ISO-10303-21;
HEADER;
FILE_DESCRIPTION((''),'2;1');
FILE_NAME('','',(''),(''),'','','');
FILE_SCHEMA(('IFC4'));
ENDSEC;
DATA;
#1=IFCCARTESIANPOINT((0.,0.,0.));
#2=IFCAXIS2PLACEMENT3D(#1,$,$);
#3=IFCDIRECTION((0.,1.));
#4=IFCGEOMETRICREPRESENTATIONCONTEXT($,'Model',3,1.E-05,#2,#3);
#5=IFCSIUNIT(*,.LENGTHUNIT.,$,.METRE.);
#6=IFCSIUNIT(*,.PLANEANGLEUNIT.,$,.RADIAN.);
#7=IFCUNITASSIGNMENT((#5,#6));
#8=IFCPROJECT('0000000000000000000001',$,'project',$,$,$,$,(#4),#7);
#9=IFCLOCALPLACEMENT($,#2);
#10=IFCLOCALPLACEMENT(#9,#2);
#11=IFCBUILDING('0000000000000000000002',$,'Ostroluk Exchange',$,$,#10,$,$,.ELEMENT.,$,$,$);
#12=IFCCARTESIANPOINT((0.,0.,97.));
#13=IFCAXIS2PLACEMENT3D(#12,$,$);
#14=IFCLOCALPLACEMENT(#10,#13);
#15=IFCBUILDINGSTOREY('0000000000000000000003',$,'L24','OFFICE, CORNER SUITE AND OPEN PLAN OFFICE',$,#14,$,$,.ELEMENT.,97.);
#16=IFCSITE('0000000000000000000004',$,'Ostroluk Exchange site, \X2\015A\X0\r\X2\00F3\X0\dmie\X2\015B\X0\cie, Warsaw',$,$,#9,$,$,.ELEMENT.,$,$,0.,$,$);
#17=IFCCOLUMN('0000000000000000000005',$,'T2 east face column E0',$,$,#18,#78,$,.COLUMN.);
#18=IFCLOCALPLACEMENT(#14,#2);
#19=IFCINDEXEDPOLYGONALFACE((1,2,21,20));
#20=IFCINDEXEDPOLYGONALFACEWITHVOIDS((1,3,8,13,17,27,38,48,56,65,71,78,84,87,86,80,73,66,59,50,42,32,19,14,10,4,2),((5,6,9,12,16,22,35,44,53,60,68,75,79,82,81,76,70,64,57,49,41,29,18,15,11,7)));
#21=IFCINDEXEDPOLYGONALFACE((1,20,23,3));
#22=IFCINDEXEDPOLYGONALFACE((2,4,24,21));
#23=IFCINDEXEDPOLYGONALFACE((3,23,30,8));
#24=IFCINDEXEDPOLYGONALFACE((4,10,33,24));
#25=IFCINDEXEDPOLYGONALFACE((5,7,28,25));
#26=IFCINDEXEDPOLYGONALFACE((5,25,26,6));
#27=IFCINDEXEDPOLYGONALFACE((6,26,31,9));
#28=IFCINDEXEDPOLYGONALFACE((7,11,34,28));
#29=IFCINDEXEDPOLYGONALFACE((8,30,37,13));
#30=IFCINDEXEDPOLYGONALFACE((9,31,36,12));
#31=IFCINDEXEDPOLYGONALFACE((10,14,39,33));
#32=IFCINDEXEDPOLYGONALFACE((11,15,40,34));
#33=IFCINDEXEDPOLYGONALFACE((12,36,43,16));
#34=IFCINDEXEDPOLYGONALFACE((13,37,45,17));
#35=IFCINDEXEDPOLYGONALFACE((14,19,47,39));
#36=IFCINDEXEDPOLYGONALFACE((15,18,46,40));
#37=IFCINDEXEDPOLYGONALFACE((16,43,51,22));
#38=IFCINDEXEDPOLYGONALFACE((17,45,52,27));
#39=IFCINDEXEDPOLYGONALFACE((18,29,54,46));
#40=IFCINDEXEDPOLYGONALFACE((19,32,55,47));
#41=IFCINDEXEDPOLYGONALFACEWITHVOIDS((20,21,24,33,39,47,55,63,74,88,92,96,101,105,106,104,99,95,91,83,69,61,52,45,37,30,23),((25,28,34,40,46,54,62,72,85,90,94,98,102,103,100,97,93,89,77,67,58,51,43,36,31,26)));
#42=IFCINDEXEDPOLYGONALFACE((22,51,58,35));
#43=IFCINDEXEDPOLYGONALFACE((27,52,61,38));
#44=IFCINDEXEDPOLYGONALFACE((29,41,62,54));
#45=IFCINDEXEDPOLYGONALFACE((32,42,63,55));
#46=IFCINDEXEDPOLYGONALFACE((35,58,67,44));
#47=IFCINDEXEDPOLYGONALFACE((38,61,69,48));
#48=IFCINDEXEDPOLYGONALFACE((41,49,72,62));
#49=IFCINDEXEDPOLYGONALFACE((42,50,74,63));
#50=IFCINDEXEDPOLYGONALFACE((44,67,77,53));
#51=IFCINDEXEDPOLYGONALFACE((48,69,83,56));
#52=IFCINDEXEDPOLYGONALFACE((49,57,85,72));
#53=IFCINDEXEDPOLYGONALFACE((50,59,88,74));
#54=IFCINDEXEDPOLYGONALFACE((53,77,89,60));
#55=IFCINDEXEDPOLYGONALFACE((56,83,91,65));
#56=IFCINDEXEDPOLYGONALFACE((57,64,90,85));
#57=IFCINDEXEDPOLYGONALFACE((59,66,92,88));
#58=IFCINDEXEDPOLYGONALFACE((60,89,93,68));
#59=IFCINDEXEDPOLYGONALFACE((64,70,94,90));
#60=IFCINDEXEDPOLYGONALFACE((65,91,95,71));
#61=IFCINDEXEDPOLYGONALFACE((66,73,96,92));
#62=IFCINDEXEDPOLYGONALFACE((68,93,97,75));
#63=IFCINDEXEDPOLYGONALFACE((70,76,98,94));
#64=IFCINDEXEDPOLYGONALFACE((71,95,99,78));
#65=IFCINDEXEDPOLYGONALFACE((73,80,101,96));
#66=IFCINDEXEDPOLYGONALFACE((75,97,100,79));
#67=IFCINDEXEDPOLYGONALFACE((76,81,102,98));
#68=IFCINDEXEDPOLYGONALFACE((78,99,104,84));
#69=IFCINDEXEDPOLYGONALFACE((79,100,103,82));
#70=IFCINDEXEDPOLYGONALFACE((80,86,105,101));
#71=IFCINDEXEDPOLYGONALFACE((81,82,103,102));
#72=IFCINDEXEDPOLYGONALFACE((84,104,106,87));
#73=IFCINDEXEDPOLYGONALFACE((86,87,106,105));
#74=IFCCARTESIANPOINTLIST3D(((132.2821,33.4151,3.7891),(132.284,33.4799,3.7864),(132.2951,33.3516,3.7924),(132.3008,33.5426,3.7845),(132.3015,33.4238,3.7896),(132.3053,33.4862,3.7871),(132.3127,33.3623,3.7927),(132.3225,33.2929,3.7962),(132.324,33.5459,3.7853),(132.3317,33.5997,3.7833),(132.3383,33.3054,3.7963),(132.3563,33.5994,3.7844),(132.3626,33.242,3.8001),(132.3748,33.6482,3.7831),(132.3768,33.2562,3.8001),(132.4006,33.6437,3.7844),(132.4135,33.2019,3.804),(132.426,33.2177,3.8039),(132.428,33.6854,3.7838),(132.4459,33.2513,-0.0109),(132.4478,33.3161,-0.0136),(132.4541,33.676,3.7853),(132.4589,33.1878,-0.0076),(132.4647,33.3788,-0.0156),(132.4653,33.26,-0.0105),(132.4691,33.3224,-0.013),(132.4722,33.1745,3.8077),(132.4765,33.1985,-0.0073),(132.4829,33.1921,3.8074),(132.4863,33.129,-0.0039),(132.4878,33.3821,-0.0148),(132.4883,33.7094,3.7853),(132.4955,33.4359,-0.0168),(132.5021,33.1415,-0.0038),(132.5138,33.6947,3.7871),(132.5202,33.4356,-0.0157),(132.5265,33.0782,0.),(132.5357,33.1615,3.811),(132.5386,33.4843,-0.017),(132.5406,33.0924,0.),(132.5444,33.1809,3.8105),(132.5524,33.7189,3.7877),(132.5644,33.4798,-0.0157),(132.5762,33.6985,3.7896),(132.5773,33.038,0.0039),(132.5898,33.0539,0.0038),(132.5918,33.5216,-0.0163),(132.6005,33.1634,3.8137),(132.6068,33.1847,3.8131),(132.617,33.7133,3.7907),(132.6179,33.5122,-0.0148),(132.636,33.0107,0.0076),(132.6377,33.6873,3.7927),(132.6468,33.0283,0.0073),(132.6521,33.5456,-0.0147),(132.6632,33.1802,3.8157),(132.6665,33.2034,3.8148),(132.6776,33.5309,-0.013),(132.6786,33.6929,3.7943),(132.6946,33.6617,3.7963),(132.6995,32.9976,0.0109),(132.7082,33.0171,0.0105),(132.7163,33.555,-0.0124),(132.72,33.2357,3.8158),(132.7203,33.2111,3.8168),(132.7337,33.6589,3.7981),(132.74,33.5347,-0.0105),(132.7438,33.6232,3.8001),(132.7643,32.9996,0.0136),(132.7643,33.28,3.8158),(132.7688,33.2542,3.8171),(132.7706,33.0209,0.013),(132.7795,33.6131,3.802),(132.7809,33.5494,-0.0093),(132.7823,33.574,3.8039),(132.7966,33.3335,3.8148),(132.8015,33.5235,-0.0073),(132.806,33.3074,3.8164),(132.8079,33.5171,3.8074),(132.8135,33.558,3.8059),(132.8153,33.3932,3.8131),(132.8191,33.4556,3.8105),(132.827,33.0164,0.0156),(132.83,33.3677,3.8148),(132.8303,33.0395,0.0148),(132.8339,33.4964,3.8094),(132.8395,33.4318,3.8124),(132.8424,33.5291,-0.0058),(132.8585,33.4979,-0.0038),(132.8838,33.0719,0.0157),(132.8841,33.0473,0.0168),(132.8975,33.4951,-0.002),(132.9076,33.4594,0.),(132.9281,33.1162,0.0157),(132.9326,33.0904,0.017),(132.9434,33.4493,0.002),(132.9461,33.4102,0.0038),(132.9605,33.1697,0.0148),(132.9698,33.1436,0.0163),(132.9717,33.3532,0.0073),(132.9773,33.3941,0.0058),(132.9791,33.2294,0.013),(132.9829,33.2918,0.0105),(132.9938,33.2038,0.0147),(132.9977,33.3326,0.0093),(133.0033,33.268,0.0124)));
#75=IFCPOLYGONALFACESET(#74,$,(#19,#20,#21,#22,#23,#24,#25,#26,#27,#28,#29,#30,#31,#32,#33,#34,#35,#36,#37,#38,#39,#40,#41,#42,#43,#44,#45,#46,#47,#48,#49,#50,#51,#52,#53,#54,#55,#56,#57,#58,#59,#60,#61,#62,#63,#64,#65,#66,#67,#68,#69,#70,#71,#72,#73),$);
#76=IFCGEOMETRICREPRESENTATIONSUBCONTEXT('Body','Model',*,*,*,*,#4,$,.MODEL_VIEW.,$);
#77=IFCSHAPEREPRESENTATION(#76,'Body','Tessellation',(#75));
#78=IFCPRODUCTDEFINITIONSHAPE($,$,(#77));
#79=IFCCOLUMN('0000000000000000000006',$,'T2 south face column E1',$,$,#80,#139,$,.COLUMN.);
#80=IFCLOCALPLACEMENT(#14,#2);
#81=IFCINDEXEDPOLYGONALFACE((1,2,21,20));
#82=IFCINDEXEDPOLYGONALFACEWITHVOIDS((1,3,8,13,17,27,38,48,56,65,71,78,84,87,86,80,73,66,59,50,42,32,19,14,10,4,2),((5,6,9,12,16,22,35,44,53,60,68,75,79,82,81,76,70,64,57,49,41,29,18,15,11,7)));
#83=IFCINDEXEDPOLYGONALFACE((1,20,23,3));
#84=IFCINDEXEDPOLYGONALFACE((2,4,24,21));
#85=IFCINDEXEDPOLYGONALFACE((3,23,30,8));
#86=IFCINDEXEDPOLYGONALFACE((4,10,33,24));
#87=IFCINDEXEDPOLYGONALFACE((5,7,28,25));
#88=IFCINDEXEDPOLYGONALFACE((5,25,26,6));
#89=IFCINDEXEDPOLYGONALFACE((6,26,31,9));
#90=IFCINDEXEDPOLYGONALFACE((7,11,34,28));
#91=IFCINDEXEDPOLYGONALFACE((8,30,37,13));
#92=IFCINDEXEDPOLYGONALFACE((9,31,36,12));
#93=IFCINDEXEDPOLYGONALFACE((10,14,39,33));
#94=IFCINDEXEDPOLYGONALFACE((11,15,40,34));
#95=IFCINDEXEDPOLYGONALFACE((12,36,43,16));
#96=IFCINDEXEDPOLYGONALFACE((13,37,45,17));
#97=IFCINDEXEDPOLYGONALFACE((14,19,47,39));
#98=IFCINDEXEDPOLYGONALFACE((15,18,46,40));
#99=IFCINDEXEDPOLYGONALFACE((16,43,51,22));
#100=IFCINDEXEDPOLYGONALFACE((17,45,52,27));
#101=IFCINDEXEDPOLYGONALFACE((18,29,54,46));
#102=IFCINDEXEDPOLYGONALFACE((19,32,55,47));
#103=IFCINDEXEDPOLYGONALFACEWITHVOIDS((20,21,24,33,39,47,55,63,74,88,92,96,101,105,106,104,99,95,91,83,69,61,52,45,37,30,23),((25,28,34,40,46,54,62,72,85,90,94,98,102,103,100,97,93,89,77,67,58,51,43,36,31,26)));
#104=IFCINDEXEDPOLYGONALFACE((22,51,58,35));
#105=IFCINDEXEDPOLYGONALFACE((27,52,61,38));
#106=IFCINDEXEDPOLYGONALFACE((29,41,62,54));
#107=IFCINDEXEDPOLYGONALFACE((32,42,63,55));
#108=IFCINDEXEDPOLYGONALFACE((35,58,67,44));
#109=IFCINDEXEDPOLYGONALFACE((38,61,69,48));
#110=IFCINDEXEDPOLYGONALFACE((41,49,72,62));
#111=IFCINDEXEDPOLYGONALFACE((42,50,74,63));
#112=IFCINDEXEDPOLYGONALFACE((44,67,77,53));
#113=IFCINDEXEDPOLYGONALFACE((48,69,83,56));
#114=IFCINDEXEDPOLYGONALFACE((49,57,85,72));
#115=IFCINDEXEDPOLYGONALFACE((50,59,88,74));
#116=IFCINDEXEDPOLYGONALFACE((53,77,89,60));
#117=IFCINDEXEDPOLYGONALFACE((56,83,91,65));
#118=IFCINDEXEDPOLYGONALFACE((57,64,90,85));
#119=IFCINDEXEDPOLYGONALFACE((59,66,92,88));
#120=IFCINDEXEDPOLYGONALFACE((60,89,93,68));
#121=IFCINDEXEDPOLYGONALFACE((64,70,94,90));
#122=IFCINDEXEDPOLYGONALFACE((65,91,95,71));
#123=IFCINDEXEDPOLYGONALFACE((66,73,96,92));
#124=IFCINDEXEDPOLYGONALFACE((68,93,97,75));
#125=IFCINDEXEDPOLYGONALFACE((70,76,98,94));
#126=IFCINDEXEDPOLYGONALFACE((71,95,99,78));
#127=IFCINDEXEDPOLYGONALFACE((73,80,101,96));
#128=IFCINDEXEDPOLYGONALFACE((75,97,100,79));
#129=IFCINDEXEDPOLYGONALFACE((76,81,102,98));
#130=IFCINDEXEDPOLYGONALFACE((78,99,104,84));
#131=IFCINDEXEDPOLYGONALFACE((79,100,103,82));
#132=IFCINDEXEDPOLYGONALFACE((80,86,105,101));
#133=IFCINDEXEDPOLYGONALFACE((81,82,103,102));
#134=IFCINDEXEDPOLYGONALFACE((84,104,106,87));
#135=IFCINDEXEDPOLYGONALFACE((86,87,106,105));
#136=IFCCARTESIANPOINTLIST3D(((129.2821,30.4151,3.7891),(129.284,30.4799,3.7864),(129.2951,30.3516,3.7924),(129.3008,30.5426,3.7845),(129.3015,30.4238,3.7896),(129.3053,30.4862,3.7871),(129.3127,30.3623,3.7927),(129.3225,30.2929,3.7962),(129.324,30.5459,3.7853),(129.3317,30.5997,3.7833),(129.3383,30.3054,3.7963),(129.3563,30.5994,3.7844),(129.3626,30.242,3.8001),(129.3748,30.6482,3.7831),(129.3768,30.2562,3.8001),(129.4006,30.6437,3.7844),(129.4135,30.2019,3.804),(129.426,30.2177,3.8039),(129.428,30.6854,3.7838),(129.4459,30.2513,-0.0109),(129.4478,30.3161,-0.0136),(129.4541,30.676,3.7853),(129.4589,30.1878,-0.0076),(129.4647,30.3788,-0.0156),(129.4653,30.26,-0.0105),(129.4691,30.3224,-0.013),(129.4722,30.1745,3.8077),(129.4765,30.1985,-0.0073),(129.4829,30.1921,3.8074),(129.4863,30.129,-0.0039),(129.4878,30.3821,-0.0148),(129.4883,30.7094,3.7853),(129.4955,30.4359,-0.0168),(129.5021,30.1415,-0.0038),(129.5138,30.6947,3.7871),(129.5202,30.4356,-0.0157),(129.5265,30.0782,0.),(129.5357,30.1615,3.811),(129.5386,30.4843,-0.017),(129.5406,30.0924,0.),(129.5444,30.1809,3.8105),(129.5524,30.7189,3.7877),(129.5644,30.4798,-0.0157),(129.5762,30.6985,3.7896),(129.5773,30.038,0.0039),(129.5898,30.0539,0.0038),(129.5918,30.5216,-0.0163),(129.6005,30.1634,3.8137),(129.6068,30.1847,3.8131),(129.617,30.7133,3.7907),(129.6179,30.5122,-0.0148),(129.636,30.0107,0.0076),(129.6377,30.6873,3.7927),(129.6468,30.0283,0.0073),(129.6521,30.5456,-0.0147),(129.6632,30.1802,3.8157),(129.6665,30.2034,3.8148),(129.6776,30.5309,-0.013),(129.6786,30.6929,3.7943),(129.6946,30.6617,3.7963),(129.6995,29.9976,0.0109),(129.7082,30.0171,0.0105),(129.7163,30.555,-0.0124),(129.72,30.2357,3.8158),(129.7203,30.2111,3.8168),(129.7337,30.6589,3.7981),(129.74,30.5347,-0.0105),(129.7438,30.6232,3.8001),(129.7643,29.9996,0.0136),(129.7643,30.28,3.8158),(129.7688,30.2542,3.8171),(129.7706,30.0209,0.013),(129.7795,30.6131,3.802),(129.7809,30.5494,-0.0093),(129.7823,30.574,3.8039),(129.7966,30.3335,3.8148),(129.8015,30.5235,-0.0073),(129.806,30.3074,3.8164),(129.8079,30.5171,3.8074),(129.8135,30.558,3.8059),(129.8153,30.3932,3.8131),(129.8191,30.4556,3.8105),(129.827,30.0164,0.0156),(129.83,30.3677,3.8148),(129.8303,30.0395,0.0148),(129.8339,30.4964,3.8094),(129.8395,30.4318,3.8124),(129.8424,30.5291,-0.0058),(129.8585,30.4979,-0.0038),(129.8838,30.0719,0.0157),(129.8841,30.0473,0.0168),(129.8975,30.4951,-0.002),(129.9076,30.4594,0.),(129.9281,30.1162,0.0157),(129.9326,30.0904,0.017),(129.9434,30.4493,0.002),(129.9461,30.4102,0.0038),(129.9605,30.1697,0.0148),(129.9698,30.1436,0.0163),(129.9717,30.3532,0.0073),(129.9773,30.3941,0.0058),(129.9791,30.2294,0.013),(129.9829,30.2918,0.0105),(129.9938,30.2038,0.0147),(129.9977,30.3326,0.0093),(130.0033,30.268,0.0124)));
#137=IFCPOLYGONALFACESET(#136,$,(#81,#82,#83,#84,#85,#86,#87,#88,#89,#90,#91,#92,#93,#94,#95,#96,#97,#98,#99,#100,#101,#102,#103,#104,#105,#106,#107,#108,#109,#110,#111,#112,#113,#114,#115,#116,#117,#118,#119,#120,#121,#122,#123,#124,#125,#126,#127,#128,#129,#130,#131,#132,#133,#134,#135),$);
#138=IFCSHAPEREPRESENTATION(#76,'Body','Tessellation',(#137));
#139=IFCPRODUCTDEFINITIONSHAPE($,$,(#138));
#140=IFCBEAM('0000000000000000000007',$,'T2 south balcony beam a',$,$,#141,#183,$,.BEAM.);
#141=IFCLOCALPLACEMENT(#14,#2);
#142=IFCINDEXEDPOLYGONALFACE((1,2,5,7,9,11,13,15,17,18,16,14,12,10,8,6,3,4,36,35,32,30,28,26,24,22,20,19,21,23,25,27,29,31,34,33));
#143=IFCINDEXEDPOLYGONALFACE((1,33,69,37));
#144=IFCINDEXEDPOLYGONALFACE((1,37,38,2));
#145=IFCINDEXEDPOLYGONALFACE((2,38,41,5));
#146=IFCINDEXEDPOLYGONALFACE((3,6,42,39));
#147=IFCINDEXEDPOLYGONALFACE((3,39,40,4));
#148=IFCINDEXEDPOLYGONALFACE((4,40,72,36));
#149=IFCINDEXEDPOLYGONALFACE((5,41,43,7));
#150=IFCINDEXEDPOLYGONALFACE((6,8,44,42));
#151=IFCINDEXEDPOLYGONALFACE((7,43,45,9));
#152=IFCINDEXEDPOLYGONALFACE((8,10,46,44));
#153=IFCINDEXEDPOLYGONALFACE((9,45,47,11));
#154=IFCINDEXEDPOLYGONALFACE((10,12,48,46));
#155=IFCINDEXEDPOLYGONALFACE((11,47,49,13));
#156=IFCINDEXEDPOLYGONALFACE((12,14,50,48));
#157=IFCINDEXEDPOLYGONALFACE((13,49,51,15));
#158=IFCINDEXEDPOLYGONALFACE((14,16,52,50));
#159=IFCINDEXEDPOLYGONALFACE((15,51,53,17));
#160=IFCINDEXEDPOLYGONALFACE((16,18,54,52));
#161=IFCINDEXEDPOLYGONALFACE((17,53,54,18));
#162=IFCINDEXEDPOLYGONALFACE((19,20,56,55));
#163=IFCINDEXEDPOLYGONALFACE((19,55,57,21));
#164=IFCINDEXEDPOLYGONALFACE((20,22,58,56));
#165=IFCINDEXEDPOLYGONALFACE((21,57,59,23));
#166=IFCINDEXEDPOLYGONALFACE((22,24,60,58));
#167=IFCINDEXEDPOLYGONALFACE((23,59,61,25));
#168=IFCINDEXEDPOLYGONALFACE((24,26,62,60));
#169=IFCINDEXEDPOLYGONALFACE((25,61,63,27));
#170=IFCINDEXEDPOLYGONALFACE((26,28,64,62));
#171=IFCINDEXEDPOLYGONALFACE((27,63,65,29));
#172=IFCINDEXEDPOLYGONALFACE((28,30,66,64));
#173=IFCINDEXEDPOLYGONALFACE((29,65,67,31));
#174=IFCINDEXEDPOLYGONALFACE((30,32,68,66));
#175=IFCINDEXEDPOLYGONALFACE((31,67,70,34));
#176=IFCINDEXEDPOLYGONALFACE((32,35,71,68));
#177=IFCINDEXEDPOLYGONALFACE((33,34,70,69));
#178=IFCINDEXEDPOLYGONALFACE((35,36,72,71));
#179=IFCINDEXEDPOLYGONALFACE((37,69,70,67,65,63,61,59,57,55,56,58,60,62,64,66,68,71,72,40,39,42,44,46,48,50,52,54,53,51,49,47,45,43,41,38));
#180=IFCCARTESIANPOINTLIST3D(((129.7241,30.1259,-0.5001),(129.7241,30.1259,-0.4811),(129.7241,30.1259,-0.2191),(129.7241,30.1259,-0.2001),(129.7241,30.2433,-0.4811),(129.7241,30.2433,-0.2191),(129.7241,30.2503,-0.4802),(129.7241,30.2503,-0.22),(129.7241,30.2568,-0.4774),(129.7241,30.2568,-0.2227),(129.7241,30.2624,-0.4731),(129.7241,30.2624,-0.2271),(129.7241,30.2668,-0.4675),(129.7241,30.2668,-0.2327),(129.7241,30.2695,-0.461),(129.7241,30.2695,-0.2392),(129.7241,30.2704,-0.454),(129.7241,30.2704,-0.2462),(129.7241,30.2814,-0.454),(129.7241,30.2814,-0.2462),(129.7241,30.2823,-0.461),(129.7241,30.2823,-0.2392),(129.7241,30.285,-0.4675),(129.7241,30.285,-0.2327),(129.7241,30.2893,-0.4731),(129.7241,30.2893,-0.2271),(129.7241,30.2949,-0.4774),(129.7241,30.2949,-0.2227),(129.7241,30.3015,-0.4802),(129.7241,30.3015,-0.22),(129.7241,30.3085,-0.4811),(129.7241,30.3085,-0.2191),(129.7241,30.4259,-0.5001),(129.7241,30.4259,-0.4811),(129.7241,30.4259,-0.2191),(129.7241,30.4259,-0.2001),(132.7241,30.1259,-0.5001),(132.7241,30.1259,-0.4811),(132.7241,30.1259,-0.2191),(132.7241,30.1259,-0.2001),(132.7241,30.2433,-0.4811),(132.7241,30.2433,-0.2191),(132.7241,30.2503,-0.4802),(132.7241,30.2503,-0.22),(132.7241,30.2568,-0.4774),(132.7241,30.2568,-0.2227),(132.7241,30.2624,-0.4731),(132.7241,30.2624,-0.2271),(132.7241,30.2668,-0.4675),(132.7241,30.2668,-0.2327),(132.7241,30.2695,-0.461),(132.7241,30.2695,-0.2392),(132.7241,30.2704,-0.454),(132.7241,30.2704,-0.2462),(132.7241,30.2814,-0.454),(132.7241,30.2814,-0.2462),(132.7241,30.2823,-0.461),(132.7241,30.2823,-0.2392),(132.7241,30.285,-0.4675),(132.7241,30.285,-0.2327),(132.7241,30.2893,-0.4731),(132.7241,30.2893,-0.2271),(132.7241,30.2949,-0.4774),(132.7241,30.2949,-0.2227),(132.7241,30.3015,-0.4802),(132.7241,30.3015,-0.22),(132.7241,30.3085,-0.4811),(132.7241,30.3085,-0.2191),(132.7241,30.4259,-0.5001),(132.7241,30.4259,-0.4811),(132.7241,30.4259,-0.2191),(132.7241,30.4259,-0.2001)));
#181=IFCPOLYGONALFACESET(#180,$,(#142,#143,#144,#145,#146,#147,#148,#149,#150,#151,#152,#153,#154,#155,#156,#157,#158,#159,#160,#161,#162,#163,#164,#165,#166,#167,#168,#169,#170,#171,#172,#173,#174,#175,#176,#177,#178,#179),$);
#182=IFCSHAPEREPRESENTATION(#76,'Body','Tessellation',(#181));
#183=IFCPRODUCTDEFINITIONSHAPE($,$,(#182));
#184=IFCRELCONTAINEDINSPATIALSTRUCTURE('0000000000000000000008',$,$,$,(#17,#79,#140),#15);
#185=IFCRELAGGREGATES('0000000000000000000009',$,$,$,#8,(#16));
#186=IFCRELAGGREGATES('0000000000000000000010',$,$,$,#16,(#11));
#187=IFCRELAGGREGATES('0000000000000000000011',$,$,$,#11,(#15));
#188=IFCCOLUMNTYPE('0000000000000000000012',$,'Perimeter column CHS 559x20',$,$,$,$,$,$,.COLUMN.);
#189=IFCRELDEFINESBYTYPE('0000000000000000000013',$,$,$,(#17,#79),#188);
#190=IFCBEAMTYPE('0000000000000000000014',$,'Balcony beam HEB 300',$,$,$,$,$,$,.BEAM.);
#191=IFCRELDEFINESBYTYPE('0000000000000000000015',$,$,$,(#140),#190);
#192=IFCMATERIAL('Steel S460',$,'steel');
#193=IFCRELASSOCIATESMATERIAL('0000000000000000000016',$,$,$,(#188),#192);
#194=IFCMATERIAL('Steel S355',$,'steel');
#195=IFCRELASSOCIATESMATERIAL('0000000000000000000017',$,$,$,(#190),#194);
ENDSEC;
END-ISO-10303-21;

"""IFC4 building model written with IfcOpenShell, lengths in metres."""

from ifc_helpers import new_model, si_unit, direction, frame, origin, origin_2d, place, context, subcontext, project, spatial, hollow_circle, i_section, extrude, material, material_profile, profile_set, type_object, element, save


model = new_model("IFC4")

# Units and contexts
model_context = context("Model", 3, precision=1e-05, world=origin(), true_north=direction((0.0, 1.0)))
body_context = subcontext(model_context, "Body", "Model", "MODEL_VIEW")
ifc_project = project(units=[si_unit("LENGTHUNIT", "METRE"), si_unit("PLANEANGLEUNIT", "RADIAN")], contexts=[model_context])

# Site, building, storey
site_placement = place(None, origin())
site = spatial("IfcSite", under=ifc_project, at=site_placement, Name="Ostroluk Exchange site, Śródmieście, Warsaw", CompositionType="ELEMENT", RefElevation=0.0)
building_placement = place(site_placement, origin())
building = spatial("IfcBuilding", under=site, at=building_placement, Name="Ostroluk Exchange", CompositionType="ELEMENT")
storey_placement = place(building_placement, frame((0.0, 0.0, 97.0)))
storey = spatial("IfcBuildingStorey", under=building, at=storey_placement, Name="L24", Description="OFFICE, CORNER SUITE AND OPEN PLAN OFFICE", CompositionType="ELEMENT", Elevation=97.0)

# Columns
ifc_material_1 = material(Name="Steel S460", Category="steel")
ifc_material_profile_1 = material_profile(ifc_material_1, hollow_circle(Radius=0.2795, WallThickness=0.02, at=origin_2d()), Name="CHS 559x20")
ifc_profile_set_1 = profile_set([ifc_material_profile_1], Name="Steel S460")
column_type = type_object("IfcColumnType", Name="Perimeter column CHS 559x20", PredefinedType="COLUMN", material=ifc_profile_set_1)
for number, where, z_axis, x_axis, name in (
    (1, (132.7241, 33.2759, 0.0), (-0.04303, 0.04303, 0.998147), (-0.707107, -0.707107, 0.0), "T2 east face column E0"),
    (2, (129.7241, 30.2759, 0.0), (-0.04303, 0.04303, 0.998147), (-0.707107, -0.707107, 0.0), "T2 south face column E1"),
):
    element("IfcColumn", number, at=place(storey_placement, frame(where, z_axis=z_axis, x_axis=x_axis)), inside=storey, type_object=column_type, Name=name, PredefinedType="COLUMN", context=body_context, shape_type="SweptSolid", body=[
        extrude(hollow_circle(Radius=0.2795, WallThickness=0.02, at=origin_2d()), origin(), (0.0, 0.0, 1.0), 3.8071),
    ])

# Beam
ifc_material_2 = material(Name="Steel S355", Category="steel")
ifc_material_profile_2 = material_profile(ifc_material_2, i_section(OverallWidth=0.3, OverallDepth=0.3, WebThickness=0.011, FlangeThickness=0.019, FilletRadius=0.0271, at=origin_2d()), Name="HEB 300")
ifc_profile_set_2 = profile_set([ifc_material_profile_2], Name="Steel S355")
beam_type_1 = type_object("IfcBeamType", Name="Balcony beam HEB 300", PredefinedType="BEAM", material=ifc_profile_set_2)
for number, where, z_axis, x_axis, name in (
    (3, (129.7241, 30.2759, -0.3501), (1.0, 0.0, 0.0), (0.0, 1.0, 0.0), "T2 south balcony beam a"),
):
    element("IfcBeam", number, at=place(storey_placement, frame(where, z_axis=z_axis, x_axis=x_axis)), inside=storey, type_object=beam_type_1, Name=name, PredefinedType="BEAM", context=body_context, shape_type="SweptSolid", body=[
        extrude(i_section(OverallWidth=0.3, OverallDepth=0.3, WebThickness=0.011, FlangeThickness=0.019, FilletRadius=0.0271, at=origin_2d()), origin(), (0.0, 0.0, 1.0), 3.0),
    ])

save(model, "model.ifc")
